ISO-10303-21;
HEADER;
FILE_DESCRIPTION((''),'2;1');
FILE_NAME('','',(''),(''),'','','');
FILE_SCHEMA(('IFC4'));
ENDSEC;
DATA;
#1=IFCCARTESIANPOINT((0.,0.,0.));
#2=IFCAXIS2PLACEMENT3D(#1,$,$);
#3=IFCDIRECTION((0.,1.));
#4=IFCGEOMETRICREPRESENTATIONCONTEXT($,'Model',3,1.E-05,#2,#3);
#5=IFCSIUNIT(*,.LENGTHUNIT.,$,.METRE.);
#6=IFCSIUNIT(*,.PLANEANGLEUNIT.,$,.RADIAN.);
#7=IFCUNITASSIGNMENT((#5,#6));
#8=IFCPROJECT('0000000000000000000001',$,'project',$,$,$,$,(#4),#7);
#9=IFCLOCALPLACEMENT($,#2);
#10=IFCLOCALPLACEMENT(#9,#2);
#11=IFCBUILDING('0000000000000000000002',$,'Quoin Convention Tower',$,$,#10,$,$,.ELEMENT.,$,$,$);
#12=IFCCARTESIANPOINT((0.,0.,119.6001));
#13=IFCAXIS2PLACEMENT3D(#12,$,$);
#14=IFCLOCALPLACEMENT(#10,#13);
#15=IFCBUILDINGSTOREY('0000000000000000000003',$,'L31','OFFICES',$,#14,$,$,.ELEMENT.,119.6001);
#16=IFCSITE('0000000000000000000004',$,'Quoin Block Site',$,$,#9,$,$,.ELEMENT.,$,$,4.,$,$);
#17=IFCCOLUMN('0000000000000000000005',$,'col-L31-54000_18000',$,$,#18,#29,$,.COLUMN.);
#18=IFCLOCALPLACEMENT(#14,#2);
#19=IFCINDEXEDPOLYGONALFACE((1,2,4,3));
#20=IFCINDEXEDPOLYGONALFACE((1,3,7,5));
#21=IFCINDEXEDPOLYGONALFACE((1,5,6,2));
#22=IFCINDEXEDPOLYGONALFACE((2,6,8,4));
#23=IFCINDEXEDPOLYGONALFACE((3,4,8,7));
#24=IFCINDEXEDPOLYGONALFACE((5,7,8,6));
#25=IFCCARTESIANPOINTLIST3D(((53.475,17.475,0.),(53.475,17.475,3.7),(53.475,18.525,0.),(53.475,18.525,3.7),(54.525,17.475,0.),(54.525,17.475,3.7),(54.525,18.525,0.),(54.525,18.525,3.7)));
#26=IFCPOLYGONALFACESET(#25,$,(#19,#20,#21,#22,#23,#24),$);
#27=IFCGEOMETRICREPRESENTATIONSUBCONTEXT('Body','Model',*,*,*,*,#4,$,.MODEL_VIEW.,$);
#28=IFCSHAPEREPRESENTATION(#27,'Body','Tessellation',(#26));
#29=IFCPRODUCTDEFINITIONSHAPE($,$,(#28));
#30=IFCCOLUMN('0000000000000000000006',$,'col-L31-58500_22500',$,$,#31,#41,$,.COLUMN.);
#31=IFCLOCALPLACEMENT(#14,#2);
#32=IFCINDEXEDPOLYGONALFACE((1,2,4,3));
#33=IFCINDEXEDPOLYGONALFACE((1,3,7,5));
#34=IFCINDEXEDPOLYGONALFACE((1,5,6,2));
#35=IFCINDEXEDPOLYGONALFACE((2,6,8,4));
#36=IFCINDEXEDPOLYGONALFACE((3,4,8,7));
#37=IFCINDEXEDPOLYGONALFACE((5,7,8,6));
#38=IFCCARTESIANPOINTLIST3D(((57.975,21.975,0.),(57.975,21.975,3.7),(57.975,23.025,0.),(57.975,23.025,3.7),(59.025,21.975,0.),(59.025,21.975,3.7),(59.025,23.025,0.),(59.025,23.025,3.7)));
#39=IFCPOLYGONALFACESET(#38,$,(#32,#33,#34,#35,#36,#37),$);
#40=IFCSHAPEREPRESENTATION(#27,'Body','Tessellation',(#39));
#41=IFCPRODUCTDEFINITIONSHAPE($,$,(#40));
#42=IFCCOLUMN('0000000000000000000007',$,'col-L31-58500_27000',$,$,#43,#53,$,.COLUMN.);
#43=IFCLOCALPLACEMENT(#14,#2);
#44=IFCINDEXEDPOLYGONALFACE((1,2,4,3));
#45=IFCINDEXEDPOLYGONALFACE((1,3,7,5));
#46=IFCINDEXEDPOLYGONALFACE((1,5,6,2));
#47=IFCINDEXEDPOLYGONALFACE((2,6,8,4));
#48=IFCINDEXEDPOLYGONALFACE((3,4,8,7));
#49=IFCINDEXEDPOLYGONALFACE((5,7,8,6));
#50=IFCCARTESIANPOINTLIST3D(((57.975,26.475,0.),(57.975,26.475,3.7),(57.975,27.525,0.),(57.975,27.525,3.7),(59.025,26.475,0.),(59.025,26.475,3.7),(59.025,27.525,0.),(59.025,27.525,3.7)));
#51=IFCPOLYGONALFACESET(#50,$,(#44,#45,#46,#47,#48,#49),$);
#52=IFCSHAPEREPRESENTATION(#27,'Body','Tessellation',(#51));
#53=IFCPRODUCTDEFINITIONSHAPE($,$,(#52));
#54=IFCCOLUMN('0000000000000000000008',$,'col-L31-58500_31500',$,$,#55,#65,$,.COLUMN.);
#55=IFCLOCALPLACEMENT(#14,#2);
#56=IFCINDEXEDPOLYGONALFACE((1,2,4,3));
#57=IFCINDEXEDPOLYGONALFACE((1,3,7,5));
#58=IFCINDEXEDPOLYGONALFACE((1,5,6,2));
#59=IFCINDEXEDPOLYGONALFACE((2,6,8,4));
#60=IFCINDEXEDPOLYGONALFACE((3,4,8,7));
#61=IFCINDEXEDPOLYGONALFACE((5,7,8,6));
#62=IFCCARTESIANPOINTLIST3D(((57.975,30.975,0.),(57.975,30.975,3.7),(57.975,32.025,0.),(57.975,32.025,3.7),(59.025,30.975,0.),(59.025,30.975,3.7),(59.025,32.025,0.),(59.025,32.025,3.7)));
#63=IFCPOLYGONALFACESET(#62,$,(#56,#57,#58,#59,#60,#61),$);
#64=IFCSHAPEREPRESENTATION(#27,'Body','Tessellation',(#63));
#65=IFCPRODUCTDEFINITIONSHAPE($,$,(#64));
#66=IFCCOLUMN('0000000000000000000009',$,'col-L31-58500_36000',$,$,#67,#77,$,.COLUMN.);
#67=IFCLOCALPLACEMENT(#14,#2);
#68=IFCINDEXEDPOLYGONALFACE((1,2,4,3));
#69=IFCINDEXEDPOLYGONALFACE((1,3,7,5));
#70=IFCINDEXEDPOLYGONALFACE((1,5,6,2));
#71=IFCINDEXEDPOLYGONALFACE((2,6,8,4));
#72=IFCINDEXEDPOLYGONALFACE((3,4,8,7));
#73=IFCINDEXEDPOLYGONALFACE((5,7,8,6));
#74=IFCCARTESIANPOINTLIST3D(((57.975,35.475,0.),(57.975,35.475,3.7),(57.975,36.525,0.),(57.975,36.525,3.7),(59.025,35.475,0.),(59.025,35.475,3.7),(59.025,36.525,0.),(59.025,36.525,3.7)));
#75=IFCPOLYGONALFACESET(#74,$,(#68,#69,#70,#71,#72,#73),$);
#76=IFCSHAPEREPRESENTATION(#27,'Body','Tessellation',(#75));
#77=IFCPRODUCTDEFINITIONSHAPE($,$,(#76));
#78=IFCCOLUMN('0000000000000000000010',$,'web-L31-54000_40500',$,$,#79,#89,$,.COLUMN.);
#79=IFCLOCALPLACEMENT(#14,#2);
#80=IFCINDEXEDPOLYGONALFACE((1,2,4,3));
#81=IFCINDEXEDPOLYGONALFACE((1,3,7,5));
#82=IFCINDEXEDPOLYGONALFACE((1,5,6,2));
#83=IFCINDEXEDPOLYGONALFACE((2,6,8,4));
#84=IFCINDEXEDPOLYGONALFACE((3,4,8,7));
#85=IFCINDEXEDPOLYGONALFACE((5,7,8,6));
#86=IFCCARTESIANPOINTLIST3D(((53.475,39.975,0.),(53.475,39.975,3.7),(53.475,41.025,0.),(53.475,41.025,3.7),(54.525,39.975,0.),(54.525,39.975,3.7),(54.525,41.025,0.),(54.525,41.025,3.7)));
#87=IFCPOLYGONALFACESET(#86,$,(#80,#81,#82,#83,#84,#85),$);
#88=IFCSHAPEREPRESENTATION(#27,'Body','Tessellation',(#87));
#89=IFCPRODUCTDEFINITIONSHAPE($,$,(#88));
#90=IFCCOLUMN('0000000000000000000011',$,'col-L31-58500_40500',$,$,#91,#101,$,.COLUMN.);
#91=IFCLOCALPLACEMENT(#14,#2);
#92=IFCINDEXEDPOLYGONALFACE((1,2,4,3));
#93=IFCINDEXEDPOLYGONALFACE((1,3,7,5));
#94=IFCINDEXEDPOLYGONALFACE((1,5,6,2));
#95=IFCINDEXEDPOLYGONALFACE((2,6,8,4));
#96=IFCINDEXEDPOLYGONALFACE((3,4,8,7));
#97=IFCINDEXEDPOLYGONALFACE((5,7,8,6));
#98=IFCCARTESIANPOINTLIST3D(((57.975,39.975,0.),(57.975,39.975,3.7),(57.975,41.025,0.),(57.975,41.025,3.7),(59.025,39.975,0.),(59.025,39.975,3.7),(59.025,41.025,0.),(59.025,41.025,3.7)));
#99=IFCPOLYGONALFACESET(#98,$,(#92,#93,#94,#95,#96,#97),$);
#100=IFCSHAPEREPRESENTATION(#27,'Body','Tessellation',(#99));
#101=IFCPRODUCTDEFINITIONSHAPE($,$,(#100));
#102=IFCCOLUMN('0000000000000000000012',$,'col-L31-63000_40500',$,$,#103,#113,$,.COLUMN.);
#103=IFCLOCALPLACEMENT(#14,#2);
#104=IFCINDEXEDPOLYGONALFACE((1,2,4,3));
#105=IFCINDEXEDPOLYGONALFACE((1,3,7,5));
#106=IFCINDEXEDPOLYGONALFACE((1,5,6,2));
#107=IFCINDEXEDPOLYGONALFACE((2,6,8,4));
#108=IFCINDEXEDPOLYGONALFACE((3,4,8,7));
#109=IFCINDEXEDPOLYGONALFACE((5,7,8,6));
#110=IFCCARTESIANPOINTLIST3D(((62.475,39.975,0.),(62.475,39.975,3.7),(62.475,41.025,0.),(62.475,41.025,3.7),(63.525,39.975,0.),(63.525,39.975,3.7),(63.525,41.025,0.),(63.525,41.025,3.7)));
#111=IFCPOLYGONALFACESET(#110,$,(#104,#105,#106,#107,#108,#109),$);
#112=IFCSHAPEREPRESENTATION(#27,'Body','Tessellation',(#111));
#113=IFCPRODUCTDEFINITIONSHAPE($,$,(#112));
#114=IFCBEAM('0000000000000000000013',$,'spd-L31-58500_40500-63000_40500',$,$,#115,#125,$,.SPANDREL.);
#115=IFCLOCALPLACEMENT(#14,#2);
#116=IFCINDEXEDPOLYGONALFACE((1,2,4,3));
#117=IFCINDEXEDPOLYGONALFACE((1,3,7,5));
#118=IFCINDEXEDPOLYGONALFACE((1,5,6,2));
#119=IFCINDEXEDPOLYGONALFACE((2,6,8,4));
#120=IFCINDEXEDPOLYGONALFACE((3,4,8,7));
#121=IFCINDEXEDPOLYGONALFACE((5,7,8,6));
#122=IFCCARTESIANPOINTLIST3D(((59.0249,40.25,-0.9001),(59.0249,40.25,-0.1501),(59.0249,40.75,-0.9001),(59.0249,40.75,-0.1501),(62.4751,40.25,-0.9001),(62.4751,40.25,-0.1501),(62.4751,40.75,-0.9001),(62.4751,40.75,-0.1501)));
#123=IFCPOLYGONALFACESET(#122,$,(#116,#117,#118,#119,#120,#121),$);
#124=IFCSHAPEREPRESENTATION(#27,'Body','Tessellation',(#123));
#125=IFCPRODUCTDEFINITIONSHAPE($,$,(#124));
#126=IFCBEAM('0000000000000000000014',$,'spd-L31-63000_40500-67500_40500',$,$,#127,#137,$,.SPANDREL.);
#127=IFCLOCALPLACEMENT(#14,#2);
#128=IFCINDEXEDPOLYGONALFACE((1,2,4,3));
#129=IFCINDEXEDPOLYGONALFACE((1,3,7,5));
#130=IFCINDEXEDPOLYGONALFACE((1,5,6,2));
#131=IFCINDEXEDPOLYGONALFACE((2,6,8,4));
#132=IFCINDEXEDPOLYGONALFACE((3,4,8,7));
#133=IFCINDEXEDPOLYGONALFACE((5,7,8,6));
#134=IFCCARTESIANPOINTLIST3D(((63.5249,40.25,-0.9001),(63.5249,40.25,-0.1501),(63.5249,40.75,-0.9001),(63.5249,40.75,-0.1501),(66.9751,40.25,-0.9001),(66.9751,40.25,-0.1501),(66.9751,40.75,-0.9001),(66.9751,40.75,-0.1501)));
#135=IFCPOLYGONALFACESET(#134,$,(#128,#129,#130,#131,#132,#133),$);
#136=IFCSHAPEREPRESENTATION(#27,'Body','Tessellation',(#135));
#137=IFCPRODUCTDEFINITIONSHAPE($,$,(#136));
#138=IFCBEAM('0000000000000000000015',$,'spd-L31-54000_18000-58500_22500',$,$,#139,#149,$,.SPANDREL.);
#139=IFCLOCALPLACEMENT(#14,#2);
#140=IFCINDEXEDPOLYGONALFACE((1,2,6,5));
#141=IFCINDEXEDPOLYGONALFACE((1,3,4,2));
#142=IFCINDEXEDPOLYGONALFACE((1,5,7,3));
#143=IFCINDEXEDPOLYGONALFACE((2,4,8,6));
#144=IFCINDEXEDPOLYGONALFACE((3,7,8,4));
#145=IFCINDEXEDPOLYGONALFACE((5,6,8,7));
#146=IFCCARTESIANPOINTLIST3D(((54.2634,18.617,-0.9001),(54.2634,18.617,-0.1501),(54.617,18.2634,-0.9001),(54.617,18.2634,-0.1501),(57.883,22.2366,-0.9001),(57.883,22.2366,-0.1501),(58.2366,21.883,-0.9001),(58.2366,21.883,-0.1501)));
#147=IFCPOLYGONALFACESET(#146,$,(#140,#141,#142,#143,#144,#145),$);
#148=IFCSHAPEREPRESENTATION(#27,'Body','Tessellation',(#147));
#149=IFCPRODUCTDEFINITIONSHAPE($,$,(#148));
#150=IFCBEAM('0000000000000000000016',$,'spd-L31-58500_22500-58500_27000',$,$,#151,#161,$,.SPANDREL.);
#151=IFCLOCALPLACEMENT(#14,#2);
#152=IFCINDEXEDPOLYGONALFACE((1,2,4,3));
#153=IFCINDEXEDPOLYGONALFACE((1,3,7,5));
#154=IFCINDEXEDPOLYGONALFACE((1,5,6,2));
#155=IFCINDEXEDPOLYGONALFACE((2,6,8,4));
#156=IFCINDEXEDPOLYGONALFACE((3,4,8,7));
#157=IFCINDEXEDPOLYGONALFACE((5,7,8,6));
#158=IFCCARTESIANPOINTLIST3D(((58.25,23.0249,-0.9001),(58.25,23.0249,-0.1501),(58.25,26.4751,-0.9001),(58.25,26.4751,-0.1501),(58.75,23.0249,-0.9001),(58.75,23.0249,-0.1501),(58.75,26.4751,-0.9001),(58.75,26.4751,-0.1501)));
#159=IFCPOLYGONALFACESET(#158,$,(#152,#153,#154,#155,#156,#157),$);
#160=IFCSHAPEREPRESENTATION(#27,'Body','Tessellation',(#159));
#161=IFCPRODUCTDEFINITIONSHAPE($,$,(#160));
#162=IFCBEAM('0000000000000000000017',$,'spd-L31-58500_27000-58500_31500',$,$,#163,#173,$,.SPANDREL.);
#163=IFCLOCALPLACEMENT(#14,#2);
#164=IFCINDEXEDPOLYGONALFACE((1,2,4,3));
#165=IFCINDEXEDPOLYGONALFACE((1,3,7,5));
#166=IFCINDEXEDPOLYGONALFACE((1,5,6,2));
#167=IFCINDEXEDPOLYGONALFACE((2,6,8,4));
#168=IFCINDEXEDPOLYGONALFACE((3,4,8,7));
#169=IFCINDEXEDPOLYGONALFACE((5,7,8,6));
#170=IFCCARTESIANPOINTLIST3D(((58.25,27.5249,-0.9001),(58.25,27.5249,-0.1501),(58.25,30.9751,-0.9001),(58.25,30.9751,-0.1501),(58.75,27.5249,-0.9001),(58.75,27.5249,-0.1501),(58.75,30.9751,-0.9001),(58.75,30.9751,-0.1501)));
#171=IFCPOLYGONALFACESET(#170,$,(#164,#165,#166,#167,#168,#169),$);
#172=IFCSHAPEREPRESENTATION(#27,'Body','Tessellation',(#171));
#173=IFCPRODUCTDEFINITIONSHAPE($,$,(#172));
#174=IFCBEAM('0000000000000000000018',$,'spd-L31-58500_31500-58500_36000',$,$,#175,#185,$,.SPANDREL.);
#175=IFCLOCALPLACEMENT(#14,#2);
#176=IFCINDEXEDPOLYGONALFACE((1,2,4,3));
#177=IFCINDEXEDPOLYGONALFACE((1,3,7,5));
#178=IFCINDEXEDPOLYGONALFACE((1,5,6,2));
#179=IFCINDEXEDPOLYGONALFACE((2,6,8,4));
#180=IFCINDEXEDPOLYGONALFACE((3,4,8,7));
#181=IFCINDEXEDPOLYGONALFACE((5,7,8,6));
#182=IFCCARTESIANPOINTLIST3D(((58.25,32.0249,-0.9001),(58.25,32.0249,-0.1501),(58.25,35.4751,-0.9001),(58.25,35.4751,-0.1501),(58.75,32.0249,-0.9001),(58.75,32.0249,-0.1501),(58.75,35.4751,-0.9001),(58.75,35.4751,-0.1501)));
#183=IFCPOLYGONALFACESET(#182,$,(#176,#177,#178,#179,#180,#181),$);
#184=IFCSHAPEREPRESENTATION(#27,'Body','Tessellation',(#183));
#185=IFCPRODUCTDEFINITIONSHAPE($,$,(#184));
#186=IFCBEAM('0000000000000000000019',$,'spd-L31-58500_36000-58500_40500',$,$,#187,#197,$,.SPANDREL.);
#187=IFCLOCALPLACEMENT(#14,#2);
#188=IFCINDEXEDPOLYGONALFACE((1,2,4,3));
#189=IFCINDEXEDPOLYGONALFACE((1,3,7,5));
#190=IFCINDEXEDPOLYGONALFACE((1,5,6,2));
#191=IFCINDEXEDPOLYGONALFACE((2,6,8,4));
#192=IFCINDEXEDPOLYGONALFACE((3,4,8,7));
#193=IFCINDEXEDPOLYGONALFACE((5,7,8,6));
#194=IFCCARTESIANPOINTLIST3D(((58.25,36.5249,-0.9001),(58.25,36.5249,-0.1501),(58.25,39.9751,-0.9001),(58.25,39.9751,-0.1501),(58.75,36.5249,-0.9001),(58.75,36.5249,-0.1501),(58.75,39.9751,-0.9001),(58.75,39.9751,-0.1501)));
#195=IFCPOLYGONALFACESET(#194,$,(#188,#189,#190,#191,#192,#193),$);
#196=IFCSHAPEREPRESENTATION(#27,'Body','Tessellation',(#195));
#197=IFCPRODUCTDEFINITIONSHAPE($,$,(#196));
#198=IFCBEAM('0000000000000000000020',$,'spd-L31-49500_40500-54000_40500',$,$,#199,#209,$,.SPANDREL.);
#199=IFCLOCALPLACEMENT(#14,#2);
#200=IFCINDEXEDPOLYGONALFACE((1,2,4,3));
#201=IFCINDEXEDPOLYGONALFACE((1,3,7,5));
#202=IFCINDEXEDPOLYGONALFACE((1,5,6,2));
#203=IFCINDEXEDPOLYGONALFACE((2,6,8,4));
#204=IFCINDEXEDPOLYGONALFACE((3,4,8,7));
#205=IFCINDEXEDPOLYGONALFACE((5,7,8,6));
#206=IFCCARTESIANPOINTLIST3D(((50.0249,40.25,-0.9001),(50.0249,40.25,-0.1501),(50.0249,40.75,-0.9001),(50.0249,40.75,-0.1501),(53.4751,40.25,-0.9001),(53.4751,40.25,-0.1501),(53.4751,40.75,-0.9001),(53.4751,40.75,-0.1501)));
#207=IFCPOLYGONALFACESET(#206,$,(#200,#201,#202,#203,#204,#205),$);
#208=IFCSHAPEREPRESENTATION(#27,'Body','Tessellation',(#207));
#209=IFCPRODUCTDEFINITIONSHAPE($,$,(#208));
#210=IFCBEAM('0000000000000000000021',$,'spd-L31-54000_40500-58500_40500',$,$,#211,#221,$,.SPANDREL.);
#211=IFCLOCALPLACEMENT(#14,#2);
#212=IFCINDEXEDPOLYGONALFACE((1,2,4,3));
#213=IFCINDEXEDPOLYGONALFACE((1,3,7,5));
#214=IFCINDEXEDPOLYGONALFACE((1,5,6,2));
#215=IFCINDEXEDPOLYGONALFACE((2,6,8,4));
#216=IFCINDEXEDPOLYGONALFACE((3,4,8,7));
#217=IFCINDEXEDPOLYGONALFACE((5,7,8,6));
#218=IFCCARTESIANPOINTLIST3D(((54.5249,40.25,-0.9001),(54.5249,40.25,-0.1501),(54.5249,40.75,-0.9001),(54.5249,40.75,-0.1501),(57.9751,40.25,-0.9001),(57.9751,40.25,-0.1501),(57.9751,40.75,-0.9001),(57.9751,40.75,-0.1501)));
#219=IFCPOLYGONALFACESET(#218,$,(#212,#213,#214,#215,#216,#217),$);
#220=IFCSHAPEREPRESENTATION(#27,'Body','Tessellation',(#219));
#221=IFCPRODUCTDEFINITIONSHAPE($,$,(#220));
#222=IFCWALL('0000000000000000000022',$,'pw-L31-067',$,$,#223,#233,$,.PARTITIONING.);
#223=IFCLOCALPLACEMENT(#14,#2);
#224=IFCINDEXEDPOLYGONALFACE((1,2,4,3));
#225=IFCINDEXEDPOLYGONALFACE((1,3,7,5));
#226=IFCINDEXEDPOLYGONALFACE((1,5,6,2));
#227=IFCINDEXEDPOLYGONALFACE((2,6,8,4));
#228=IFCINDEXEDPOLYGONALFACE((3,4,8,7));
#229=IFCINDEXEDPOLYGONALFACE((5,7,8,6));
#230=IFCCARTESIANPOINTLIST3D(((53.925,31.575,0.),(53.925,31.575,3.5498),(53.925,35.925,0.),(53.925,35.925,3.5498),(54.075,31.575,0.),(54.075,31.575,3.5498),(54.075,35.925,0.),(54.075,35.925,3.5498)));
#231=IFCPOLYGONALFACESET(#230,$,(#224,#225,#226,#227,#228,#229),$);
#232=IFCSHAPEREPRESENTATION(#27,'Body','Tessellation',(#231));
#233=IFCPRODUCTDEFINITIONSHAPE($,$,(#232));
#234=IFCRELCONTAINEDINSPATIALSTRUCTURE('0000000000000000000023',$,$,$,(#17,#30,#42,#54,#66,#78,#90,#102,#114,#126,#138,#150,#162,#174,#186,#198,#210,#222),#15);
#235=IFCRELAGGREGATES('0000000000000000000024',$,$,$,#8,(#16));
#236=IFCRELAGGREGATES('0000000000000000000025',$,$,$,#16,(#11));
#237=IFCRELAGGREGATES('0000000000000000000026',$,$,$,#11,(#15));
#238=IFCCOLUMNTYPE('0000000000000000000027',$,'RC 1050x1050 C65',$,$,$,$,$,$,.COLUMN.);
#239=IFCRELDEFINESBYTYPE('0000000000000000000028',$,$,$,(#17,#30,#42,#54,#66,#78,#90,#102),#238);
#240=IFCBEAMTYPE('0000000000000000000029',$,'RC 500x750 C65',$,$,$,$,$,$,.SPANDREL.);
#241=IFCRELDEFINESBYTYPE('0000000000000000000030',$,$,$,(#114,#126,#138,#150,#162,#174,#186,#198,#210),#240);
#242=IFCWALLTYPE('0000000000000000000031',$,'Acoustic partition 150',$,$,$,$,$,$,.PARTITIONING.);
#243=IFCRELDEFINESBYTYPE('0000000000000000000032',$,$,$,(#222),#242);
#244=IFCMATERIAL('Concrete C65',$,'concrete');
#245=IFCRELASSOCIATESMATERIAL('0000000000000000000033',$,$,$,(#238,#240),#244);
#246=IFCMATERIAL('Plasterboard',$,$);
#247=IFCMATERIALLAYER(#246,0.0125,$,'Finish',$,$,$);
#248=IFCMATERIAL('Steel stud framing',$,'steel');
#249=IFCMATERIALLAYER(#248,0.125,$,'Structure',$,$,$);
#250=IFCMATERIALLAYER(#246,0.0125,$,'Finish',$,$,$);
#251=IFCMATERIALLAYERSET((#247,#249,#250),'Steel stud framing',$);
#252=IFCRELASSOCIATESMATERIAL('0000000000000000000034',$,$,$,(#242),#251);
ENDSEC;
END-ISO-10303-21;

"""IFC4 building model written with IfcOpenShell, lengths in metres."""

from ifc_helpers import new_model, si_unit, direction, frame, frame_2d, origin, origin_2d, place, context, subcontext, project, spatial, rectangle, extrude, material, layer, layer_set, material_profile, profile_set, type_object, element, save


model = new_model("IFC4")

# Units and contexts
model_context = context("Model", 3, precision=1e-05, world=origin(), true_north=direction((0.0, 1.0)))
body_context = subcontext(model_context, "Body", "Model", "MODEL_VIEW")
ifc_project = project(units=[si_unit("LENGTHUNIT", "METRE"), si_unit("PLANEANGLEUNIT", "RADIAN")], contexts=[model_context])

# Site, building, storey
site_placement = place(None, origin())
site = spatial("IfcSite", under=ifc_project, at=site_placement, Name="Quoin Block Site", CompositionType="ELEMENT", RefElevation=4.0)
building_placement = place(site_placement, origin())
building = spatial("IfcBuilding", under=site, at=building_placement, Name="Quoin Convention Tower", CompositionType="ELEMENT")
storey_placement = place(building_placement, frame((0.0, 0.0, 119.6001)))
storey = spatial("IfcBuildingStorey", under=building, at=storey_placement, Name="L31", Description="OFFICES", CompositionType="ELEMENT", Elevation=119.6001)

# Columns
ifc_material_1 = material(Name="Concrete C65", Category="concrete")
ifc_material_profile_1 = material_profile(ifc_material_1, rectangle(XDim=1.05, YDim=1.05, at=origin_2d()), Name="RC 1050x1050")
ifc_profile_set_1 = profile_set([ifc_material_profile_1], Name="Concrete C65")
column_type = type_object("IfcColumnType", Name="RC 1050x1050 C65", PredefinedType="COLUMN", material=ifc_profile_set_1)
for number, where, z_axis, x_axis, name in (
    (1, (54.0, 18.0, 0.0), (0.0, 0.0, 1.0), (1.0, 0.0, 0.0), "col-L31-54000_18000"),
    (2, (58.5, 22.5, 0.0), (0.0, 0.0, 1.0), (1.0, 0.0, 0.0), "col-L31-58500_22500"),
    (3, (58.5, 27.0, 0.0), (0.0, 0.0, 1.0), (1.0, 0.0, 0.0), "col-L31-58500_27000"),
    (4, (58.5, 31.5, 0.0), (0.0, 0.0, 1.0), (1.0, 0.0, 0.0), "col-L31-58500_31500"),
    (5, (58.5, 36.0, 0.0), (0.0, 0.0, 1.0), (1.0, 0.0, 0.0), "col-L31-58500_36000"),
    (6, (54.0, 40.5, 0.0), (0.0, 0.0, 1.0), (1.0, 0.0, 0.0), "web-L31-54000_40500"),
    (7, (58.5, 40.5, 0.0), (0.0, 0.0, 1.0), (1.0, 0.0, 0.0), "col-L31-58500_40500"),
    (8, (63.0, 40.5, 0.0), (0.0, 0.0, 1.0), (1.0, 0.0, 0.0), "col-L31-63000_40500"),
):
    element("IfcColumn", number, at=place(storey_placement, frame(where, z_axis=z_axis, x_axis=x_axis)), inside=storey, type_object=column_type, Name=name, PredefinedType="COLUMN", context=body_context, shape_type="SweptSolid", body=[
        extrude(rectangle(XDim=1.05, YDim=1.05, at=origin_2d()), origin(), (0.0, 0.0, 1.0), 3.7),
    ])

# Beams
ifc_material_profile_2 = material_profile(ifc_material_1, rectangle(XDim=0.5, YDim=0.75, at=origin_2d()), Name="RC 500x750")
ifc_profile_set_2 = profile_set([ifc_material_profile_2], Name="Concrete C65")
beam_type = type_object("IfcBeamType", Name="RC 500x750 C65", PredefinedType="SPANDREL", material=ifc_profile_set_2)
for number, where, z_axis, x_axis, name in (
    (9, (59.0249, 40.5, -0.5251), (1.0, 0.0, 0.0), (0.0, 1.0, 0.0), "spd-L31-58500_40500-63000_40500"),
    (10, (63.5249, 40.5, -0.5251), (1.0, 0.0, 0.0), (0.0, 1.0, 0.0), "spd-L31-63000_40500-67500_40500"),
):
    element("IfcBeam", number, at=place(storey_placement, frame(where, z_axis=z_axis, x_axis=x_axis)), inside=storey, type_object=beam_type, Name=name, PredefinedType="SPANDREL", context=body_context, shape_type="SweptSolid", body=[
        extrude(rectangle(XDim=0.5, YDim=0.75, at=origin_2d()), origin(), (0.0, 0.0, 1.0), 3.4502),
    ])
beam_placement = place(storey_placement, frame((54.4402, 18.4402, -0.5251), z_axis=(0.707107, 0.707107, 0.0), x_axis=(-0.707107, 0.707107, 0.0)))
element("IfcBeam", 11, at=beam_placement, inside=storey, type_object=beam_type, Name="spd-L31-54000_18000-58500_22500", PredefinedType="SPANDREL", context=body_context, shape_type="SweptSolid", body=[
    extrude(rectangle(XDim=0.5, YDim=0.75, at=origin_2d()), origin(), (0.0, 0.0, 1.0), 5.1189),
])
for number, where, z_axis, x_axis, name in (
    (12, (58.5, 23.0249, -0.5251), (0.0, 1.0, 0.0), (-1.0, 0.0, 0.0), "spd-L31-58500_22500-58500_27000"),
    (13, (58.5, 27.5249, -0.5251), (0.0, 1.0, 0.0), (-1.0, 0.0, 0.0), "spd-L31-58500_27000-58500_31500"),
    (14, (58.5, 32.0249, -0.5251), (0.0, 1.0, 0.0), (-1.0, 0.0, 0.0), "spd-L31-58500_31500-58500_36000"),
    (15, (58.5, 36.5249, -0.5251), (0.0, 1.0, 0.0), (-1.0, 0.0, 0.0), "spd-L31-58500_36000-58500_40500"),
    (16, (50.0249, 40.5, -0.5251), (1.0, 0.0, 0.0), (0.0, 1.0, 0.0), "spd-L31-49500_40500-54000_40500"),
    (17, (54.5249, 40.5, -0.5251), (1.0, 0.0, 0.0), (0.0, 1.0, 0.0), "spd-L31-54000_40500-58500_40500"),
):
    element("IfcBeam", number, at=place(storey_placement, frame(where, z_axis=z_axis, x_axis=x_axis)), inside=storey, type_object=beam_type, Name=name, PredefinedType="SPANDREL", context=body_context, shape_type="SweptSolid", body=[
        extrude(rectangle(XDim=0.5, YDim=0.75, at=origin_2d()), origin(), (0.0, 0.0, 1.0), 3.4502),
    ])

# Wall
ifc_material_2 = material(Name="Plasterboard")
ifc_layer_1 = layer(ifc_material_2, 0.0125, Name="Finish")
ifc_material_3 = material(Name="Steel stud framing", Category="steel")
ifc_layer_2 = layer(ifc_material_3, 0.125, Name="Structure")
ifc_layer_3 = layer(ifc_material_2, 0.0125, Name="Finish")
ifc_layer_set_1 = layer_set([ifc_layer_1, ifc_layer_2, ifc_layer_3], Name="Steel stud framing")
wall_type_1 = type_object("IfcWallType", Name="Acoustic partition 150", PredefinedType="PARTITIONING", material=ifc_layer_set_1)
wall_1_placement = place(storey_placement, frame((54.0, 31.575, 0.0), z_axis=(0.0, 0.0, 1.0), x_axis=(0.0, 1.0, 0.0)))
element("IfcWall", 18, at=wall_1_placement, inside=storey, type_object=wall_type_1, Name="pw-L31-067", PredefinedType="PARTITIONING", context=body_context, shape_type="SweptSolid", body=[
    extrude(rectangle(XDim=4.3501, YDim=0.1499, at=frame_2d((2.175, 0.0))), origin(), (0.0, 0.0, 1.0), 3.5498),
])

save(model, "model.ifc")
